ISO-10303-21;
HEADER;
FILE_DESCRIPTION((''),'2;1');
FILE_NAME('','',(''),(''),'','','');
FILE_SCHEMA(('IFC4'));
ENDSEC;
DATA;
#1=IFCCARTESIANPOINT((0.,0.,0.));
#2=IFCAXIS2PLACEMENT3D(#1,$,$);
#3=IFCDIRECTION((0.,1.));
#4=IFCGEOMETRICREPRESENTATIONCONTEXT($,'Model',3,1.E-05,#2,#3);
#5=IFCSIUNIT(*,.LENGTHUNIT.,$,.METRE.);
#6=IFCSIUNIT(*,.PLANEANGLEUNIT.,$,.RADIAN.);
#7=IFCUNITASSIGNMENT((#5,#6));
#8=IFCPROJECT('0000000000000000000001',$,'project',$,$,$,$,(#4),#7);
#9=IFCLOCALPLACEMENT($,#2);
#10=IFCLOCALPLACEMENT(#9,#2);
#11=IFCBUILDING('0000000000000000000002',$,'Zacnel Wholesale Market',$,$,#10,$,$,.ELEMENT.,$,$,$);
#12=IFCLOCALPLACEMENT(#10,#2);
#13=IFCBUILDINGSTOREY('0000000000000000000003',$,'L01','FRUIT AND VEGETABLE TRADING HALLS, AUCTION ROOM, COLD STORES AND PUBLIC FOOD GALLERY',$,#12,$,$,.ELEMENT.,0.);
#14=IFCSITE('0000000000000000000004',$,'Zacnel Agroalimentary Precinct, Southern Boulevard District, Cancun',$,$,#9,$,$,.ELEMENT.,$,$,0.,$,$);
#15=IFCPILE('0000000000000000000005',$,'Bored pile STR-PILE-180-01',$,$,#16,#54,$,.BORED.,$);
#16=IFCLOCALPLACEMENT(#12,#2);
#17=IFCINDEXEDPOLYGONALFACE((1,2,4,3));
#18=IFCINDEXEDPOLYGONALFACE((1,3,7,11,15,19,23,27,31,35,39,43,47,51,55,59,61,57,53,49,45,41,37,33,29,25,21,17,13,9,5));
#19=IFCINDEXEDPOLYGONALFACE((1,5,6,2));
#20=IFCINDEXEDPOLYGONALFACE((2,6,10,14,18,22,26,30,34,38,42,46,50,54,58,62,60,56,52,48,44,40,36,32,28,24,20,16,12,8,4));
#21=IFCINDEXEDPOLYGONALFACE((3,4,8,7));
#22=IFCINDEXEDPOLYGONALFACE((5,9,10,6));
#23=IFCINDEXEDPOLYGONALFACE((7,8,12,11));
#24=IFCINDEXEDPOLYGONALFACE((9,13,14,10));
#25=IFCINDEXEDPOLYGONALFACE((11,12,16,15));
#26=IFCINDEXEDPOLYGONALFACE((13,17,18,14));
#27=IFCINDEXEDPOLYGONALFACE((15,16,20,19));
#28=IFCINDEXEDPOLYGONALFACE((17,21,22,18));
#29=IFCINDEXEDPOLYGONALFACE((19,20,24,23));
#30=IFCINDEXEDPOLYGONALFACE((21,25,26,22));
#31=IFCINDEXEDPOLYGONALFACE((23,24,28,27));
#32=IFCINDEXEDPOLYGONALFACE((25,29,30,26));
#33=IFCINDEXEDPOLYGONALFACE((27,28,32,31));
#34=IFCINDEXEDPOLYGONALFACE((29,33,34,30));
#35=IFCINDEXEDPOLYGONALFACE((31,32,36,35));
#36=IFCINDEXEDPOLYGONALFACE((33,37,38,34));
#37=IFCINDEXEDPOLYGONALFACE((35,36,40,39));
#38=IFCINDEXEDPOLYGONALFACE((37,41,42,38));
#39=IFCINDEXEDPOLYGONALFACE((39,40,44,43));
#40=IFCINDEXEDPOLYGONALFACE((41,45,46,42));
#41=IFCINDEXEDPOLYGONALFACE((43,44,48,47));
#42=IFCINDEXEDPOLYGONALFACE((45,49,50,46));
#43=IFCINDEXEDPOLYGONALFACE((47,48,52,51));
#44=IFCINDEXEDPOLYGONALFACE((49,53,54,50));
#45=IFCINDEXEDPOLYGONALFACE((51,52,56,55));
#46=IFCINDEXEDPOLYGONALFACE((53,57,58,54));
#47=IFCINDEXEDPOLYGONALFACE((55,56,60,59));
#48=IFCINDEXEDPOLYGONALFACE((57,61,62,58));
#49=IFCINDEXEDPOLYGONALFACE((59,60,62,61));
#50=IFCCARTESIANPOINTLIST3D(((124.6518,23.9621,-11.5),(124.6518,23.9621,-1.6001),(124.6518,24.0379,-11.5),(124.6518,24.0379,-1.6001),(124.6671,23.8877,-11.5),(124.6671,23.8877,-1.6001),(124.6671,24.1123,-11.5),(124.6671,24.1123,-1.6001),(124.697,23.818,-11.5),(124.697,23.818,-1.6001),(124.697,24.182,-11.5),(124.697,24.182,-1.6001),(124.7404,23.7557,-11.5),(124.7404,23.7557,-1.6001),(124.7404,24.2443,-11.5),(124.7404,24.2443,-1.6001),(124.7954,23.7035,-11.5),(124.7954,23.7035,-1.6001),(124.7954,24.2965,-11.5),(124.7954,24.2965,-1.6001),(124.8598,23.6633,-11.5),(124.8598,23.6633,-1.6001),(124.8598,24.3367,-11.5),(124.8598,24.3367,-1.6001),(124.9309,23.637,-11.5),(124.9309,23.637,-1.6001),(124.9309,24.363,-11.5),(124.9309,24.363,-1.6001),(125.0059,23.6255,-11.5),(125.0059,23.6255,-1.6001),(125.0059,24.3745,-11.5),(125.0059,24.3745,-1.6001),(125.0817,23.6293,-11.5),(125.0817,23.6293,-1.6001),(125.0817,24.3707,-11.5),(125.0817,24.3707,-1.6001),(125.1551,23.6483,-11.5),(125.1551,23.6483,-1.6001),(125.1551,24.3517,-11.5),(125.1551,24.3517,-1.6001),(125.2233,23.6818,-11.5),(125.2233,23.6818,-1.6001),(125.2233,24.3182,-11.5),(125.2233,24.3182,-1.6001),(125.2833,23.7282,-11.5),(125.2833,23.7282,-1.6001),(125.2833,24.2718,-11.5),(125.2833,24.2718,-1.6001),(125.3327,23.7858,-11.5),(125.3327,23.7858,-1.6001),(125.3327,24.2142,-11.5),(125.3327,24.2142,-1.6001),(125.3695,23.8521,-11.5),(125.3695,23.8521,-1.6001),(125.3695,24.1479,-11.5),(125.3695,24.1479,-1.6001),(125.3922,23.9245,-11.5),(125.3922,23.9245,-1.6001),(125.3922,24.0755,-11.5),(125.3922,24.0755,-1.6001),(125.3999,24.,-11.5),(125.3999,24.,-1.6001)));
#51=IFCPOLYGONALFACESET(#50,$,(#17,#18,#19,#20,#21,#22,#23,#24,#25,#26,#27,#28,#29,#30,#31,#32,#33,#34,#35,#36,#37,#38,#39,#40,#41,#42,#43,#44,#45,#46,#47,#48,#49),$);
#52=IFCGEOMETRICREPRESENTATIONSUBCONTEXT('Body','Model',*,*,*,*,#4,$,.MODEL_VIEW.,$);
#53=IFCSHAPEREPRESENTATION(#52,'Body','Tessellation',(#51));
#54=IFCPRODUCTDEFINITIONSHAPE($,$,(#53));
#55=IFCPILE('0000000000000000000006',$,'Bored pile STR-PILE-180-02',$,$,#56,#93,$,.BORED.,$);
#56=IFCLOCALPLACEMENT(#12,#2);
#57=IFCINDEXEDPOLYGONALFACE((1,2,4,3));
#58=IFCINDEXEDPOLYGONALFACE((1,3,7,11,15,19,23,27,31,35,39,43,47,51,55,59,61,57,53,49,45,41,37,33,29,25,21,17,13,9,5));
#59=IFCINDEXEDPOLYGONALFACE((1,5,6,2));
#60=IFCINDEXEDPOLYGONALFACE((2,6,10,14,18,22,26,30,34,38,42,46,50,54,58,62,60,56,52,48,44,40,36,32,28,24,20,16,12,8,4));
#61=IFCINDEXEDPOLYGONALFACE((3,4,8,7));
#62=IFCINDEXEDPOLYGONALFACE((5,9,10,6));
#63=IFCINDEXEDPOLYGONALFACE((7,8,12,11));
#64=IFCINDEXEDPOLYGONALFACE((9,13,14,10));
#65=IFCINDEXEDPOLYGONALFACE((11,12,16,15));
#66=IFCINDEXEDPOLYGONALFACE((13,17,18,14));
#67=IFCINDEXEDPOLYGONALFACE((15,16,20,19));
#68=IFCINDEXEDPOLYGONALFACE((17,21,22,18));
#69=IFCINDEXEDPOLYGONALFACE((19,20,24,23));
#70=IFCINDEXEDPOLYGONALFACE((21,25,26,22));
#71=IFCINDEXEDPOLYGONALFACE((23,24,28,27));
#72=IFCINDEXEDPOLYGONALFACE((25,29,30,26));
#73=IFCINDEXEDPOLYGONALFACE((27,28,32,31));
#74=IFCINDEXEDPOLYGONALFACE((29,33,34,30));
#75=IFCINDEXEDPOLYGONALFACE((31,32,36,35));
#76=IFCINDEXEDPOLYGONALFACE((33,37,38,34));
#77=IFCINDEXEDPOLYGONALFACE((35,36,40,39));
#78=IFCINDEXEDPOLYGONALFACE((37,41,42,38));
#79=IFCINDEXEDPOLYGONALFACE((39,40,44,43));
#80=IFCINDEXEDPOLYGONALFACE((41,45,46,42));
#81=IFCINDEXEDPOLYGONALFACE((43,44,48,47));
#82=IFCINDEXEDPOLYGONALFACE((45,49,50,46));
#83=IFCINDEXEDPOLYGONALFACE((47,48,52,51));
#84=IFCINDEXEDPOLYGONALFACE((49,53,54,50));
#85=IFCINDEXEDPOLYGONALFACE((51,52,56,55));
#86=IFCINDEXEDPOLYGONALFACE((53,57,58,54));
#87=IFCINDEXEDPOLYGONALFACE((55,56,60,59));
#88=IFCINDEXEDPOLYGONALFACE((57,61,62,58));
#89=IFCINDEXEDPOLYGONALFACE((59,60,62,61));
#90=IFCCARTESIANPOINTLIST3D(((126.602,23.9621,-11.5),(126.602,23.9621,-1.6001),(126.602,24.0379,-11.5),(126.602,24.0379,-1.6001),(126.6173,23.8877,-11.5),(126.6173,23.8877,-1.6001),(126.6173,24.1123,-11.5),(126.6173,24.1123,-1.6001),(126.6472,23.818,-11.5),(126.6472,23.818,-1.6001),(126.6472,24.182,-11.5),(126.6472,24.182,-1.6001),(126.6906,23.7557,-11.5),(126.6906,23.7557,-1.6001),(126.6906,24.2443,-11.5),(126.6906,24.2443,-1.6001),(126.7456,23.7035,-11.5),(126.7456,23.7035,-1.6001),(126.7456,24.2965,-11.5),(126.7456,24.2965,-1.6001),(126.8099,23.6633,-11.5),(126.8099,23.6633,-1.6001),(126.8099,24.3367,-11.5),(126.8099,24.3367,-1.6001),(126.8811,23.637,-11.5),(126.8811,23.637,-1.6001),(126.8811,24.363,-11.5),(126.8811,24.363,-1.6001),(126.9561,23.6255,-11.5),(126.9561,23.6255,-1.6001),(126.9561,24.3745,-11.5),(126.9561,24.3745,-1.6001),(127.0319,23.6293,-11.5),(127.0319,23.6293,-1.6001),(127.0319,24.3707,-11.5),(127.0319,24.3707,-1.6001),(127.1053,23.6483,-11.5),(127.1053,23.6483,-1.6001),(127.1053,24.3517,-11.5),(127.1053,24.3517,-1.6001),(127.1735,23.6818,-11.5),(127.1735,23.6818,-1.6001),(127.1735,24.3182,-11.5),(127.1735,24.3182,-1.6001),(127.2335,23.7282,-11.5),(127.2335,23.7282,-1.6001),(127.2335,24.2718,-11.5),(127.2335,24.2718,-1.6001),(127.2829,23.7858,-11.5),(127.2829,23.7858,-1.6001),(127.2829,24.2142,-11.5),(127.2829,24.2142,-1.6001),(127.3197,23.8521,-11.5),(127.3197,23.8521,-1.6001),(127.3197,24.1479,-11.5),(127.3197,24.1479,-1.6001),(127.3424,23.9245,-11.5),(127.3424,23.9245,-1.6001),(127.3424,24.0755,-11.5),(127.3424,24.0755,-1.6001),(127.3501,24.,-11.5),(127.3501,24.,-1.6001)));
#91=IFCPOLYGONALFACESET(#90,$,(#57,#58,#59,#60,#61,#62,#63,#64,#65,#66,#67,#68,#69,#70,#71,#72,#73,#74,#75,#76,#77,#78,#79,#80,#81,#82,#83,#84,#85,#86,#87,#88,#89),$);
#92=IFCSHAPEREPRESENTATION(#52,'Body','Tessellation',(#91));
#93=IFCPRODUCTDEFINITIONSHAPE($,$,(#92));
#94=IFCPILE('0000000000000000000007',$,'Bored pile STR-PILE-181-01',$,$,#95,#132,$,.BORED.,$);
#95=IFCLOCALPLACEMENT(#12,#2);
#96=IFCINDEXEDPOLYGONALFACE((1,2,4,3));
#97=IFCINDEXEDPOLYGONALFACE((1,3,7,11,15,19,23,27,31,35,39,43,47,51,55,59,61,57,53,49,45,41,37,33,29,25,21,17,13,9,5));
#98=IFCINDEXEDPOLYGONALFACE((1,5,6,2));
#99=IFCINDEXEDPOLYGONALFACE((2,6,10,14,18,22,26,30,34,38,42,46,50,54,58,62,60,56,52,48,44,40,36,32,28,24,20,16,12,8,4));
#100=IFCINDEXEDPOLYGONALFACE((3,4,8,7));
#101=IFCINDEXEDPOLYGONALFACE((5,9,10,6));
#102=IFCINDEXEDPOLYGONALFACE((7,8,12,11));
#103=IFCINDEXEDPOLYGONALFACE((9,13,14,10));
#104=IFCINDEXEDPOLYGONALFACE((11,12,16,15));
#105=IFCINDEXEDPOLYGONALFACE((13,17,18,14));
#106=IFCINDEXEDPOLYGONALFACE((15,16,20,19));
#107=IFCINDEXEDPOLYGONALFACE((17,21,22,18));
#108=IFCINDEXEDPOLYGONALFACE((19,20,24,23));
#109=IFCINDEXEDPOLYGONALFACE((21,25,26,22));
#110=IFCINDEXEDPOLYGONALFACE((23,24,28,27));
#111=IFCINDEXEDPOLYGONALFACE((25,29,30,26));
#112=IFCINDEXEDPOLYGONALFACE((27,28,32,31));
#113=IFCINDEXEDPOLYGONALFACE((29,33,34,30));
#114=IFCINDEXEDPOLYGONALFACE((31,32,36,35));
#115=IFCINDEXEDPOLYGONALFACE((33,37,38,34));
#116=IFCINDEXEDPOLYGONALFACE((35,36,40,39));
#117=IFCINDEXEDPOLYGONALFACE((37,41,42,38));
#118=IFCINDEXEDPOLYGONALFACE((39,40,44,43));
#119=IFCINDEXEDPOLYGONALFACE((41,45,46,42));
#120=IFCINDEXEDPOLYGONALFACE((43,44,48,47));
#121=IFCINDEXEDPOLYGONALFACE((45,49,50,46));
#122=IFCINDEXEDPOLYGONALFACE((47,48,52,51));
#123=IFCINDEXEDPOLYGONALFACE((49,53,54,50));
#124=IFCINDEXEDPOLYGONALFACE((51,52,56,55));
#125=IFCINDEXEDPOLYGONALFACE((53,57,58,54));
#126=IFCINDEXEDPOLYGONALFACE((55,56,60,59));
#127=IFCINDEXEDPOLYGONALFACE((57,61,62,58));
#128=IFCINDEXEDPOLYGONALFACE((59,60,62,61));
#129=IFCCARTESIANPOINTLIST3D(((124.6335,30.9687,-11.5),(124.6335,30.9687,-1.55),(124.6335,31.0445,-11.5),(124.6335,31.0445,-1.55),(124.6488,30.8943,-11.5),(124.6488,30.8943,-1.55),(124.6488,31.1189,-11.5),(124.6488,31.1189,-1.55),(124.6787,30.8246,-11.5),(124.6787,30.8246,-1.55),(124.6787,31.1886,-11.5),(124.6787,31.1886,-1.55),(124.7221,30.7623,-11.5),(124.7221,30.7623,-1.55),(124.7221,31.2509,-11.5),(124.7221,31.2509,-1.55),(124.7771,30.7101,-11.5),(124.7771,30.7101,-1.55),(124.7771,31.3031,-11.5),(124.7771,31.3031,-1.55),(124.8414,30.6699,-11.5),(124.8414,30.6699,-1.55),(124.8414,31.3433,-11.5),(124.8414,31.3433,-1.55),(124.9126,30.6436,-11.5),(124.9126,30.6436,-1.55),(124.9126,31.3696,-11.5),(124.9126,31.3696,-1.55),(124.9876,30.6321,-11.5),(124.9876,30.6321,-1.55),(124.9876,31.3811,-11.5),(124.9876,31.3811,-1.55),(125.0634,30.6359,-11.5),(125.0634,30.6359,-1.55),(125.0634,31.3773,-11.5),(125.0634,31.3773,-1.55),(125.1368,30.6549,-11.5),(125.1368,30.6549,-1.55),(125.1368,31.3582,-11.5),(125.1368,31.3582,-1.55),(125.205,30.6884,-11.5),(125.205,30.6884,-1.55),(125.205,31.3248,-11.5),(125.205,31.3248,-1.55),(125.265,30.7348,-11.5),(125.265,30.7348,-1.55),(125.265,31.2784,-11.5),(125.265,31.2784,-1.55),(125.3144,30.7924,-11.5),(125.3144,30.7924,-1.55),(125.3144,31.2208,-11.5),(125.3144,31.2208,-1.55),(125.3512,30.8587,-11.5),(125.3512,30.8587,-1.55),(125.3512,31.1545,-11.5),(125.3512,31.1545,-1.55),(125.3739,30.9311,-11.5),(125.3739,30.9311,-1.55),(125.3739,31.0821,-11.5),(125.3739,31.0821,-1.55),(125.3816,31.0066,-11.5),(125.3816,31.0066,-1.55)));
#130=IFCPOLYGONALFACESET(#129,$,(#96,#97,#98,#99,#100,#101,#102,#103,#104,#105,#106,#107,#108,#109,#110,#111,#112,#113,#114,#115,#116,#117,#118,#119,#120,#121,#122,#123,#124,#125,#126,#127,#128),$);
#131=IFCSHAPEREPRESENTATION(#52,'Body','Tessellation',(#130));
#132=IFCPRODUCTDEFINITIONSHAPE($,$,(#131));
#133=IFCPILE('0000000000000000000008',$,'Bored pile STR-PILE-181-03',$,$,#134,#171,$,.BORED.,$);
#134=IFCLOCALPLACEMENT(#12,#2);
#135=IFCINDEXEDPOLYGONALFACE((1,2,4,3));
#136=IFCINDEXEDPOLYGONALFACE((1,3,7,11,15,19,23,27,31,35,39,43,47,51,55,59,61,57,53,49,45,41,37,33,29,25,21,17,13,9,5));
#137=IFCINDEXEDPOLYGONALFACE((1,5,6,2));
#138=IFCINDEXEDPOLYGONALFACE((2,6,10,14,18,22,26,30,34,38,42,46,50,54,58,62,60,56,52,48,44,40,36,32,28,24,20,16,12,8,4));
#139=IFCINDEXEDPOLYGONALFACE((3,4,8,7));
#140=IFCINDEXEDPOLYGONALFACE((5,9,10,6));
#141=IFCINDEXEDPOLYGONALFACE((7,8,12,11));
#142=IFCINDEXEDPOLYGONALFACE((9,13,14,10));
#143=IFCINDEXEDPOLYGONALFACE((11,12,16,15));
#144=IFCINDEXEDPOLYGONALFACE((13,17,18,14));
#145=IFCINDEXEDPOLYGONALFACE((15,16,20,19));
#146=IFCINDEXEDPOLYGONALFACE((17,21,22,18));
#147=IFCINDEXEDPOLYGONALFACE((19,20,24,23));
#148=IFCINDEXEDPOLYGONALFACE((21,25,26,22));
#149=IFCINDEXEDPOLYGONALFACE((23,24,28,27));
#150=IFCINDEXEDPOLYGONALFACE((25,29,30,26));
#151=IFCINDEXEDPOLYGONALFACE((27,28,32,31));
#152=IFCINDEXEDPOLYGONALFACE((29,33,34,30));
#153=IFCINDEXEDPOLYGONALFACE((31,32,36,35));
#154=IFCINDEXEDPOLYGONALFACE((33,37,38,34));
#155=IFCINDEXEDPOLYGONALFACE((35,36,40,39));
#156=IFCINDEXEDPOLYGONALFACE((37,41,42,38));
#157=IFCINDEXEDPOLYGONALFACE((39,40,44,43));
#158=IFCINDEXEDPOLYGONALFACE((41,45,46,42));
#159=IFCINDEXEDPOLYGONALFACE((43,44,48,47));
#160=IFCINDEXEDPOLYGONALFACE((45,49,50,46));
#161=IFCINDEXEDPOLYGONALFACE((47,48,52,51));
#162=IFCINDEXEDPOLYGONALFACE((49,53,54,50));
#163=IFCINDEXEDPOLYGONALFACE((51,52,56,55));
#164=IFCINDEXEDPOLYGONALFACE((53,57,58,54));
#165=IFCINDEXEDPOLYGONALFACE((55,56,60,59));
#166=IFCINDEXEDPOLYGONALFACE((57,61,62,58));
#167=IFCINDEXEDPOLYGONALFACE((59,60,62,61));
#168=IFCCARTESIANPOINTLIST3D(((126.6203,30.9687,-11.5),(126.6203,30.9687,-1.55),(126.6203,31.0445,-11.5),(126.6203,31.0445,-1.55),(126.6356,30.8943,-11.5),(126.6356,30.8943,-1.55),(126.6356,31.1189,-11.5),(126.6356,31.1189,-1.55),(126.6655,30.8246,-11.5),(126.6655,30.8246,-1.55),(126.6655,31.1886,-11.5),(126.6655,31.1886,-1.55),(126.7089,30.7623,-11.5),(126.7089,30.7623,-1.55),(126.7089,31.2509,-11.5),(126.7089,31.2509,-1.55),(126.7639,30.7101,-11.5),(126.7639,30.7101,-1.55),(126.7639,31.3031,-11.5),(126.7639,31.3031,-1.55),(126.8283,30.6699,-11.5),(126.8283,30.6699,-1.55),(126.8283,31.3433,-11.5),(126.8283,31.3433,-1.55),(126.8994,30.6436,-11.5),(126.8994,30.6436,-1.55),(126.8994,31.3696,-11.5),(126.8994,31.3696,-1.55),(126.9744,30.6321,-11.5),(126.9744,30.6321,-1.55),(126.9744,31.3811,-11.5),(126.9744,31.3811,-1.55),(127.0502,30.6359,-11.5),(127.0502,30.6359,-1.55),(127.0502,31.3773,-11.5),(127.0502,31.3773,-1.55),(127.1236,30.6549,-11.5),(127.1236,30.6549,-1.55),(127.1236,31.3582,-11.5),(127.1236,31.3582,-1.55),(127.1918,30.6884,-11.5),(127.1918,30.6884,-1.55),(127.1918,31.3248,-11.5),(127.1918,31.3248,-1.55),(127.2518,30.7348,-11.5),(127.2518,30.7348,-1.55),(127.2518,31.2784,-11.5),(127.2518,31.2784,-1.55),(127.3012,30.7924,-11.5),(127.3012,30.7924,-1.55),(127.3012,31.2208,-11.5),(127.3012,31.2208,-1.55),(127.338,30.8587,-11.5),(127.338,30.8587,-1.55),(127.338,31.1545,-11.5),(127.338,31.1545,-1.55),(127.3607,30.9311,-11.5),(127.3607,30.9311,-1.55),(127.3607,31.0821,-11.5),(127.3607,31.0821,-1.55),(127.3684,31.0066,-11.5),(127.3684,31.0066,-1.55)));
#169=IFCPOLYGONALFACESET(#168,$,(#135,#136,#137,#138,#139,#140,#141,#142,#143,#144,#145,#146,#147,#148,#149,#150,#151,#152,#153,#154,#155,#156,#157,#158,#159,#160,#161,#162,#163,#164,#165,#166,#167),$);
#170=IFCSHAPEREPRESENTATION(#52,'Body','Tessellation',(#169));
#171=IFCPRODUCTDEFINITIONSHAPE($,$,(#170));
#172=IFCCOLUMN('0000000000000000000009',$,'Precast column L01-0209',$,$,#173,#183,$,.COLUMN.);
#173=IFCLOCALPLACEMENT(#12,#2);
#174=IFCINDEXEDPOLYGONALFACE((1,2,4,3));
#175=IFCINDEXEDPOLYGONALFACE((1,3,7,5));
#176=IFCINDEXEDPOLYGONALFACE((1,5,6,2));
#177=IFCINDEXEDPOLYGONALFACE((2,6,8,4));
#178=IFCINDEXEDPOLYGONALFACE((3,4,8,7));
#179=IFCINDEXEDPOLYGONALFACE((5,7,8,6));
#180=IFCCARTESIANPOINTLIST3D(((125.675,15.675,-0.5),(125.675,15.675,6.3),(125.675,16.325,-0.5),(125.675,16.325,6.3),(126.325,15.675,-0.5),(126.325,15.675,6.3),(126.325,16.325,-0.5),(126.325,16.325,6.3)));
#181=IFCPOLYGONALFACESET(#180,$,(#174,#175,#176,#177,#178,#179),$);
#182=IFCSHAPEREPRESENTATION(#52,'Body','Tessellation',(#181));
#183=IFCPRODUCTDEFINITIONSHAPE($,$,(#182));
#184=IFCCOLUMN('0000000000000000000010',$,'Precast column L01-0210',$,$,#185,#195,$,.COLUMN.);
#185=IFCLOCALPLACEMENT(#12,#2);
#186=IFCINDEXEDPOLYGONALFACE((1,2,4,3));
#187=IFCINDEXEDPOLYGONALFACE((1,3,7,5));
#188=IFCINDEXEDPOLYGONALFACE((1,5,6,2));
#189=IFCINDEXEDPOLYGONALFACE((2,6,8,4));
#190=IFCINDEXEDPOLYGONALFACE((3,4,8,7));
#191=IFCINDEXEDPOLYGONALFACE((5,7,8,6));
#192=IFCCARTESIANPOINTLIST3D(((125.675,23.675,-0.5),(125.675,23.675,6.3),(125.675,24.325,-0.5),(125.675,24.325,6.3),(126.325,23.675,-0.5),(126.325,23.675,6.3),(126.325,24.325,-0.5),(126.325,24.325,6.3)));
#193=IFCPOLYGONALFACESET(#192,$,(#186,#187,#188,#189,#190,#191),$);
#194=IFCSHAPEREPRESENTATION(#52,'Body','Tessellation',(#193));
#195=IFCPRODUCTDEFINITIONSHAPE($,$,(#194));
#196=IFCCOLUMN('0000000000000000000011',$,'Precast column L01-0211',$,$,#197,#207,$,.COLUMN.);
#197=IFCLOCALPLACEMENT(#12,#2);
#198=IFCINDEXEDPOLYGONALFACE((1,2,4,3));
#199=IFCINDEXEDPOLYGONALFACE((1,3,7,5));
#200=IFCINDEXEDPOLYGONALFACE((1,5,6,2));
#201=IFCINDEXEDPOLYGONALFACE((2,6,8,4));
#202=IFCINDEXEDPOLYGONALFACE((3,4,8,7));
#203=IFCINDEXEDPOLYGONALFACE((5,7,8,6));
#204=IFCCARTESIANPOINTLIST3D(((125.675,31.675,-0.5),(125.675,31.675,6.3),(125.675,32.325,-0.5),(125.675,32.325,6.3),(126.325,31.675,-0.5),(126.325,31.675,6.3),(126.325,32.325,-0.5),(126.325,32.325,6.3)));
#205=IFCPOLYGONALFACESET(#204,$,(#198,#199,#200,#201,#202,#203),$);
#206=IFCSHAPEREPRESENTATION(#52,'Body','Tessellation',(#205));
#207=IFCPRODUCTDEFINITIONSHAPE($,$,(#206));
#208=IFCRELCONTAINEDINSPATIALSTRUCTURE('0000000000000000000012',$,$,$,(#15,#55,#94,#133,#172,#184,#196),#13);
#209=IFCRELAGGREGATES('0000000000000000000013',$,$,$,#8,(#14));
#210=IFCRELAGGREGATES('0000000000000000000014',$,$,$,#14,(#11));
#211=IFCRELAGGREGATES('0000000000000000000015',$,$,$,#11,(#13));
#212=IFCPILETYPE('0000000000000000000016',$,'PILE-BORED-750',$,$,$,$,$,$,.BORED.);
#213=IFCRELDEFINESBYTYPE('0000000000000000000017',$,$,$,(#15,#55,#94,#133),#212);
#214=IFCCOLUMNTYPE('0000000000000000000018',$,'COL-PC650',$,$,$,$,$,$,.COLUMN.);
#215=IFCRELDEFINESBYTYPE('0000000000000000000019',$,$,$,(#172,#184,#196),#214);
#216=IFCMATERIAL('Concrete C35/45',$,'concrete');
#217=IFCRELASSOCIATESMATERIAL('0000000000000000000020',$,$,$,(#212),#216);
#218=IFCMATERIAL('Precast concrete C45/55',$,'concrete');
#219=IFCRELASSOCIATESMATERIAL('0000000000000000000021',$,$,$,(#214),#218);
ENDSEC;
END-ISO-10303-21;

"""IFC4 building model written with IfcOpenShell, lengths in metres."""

from ifc_helpers import new_model, si_unit, direction, frame, origin, origin_2d, place, context, subcontext, project, spatial, rectangle, circle, extrude, material, material_profile, profile_set, type_object, element, save


model = new_model("IFC4")

# Units and contexts
model_context = context("Model", 3, precision=1e-05, world=origin(), true_north=direction((0.0, 1.0)))
body_context = subcontext(model_context, "Body", "Model", "MODEL_VIEW")
ifc_project = project(units=[si_unit("LENGTHUNIT", "METRE"), si_unit("PLANEANGLEUNIT", "RADIAN")], contexts=[model_context])

# Site, building, storey
site_placement = place(None, origin())
site = spatial("IfcSite", under=ifc_project, at=site_placement, Name="Zacnel Agroalimentary Precinct, Southern Boulevard District, Cancun", CompositionType="ELEMENT", RefElevation=0.0)
building_placement = place(site_placement, origin())
building = spatial("IfcBuilding", under=site, at=building_placement, Name="Zacnel Wholesale Market", CompositionType="ELEMENT")
storey_placement = place(building_placement, origin())
storey = spatial("IfcBuildingStorey", under=building, at=storey_placement, Name="L01", Description="FRUIT AND VEGETABLE TRADING HALLS, AUCTION ROOM, COLD STORES AND PUBLIC FOOD GALLERY", CompositionType="ELEMENT", Elevation=0.0)

# Piles
ifc_material_1 = material(Name="Concrete C35/45", Category="concrete")
ifc_material_profile_1 = material_profile(ifc_material_1, circle(Radius=0.375, at=origin_2d()), Name="BORED PILE D750")
ifc_profile_set_1 = profile_set([ifc_material_profile_1], Name="Concrete C35/45")
pile_type = type_object("IfcPileType", Name="PILE-BORED-750", PredefinedType="BORED", material=ifc_profile_set_1)
for number, where, z_axis, x_axis, name in (
    (1, (125.0249, 24.0, -1.6001), (0.0, 0.0, -1.0), (1.0, 0.0, 0.0), "Bored pile STR-PILE-180-01"),
    (2, (126.9751, 24.0, -1.6001), (0.0, 0.0, -1.0), (1.0, 0.0, 0.0), "Bored pile STR-PILE-180-02"),
):
    element("IfcPile", number, at=place(storey_placement, frame(where, z_axis=z_axis, x_axis=x_axis)), inside=storey, type_object=pile_type, Name=name, PredefinedType="BORED", context=body_context, shape_type="SweptSolid", body=[
        extrude(circle(Radius=0.375, at=origin_2d()), origin(), (0.0, 0.0, 1.0), 9.8999),
    ])
for number, where, z_axis, x_axis, name in (
    (3, (125.0066, 31.0066, -1.55), (0.0, 0.0, -1.0), (1.0, 0.0, 0.0), "Bored pile STR-PILE-181-01"),
    (4, (126.9934, 31.0066, -1.55), (0.0, 0.0, -1.0), (1.0, 0.0, 0.0), "Bored pile STR-PILE-181-03"),
):
    element("IfcPile", number, at=place(storey_placement, frame(where, z_axis=z_axis, x_axis=x_axis)), inside=storey, type_object=pile_type, Name=name, PredefinedType="BORED", context=body_context, shape_type="SweptSolid", body=[
        extrude(circle(Radius=0.375, at=origin_2d()), origin(), (0.0, 0.0, 1.0), 9.95),
    ])

# Columns
ifc_material_2 = material(Name="Precast concrete C45/55", Category="concrete")
ifc_material_profile_2 = material_profile(ifc_material_2, rectangle(XDim=0.6499, YDim=0.6499, at=origin_2d()), Name="PC 650x650")
ifc_profile_set_2 = profile_set([ifc_material_profile_2], Name="Precast concrete C45/55")
column_type = type_object("IfcColumnType", Name="COL-PC650", PredefinedType="COLUMN", material=ifc_profile_set_2)
for number, where, z_axis, x_axis, name in (
    (5, (126.0, 16.0, -0.5), (0.0, 0.0, 1.0), (1.0, 0.0, 0.0), "Precast column L01-0209"),
    (6, (126.0, 24.0, -0.5), (0.0, 0.0, 1.0), (1.0, 0.0, 0.0), "Precast column L01-0210"),
    (7, (126.0, 32.0, -0.5), (0.0, 0.0, 1.0), (1.0, 0.0, 0.0), "Precast column L01-0211"),
):
    element("IfcColumn", number, at=place(storey_placement, frame(where, z_axis=z_axis, x_axis=x_axis)), inside=storey, type_object=column_type, Name=name, PredefinedType="COLUMN", context=body_context, shape_type="SweptSolid", body=[
        extrude(rectangle(XDim=0.6499, YDim=0.6499, at=origin_2d()), origin(), (0.0, 0.0, 1.0), 6.8),
    ])

save(model, "model.ifc")
